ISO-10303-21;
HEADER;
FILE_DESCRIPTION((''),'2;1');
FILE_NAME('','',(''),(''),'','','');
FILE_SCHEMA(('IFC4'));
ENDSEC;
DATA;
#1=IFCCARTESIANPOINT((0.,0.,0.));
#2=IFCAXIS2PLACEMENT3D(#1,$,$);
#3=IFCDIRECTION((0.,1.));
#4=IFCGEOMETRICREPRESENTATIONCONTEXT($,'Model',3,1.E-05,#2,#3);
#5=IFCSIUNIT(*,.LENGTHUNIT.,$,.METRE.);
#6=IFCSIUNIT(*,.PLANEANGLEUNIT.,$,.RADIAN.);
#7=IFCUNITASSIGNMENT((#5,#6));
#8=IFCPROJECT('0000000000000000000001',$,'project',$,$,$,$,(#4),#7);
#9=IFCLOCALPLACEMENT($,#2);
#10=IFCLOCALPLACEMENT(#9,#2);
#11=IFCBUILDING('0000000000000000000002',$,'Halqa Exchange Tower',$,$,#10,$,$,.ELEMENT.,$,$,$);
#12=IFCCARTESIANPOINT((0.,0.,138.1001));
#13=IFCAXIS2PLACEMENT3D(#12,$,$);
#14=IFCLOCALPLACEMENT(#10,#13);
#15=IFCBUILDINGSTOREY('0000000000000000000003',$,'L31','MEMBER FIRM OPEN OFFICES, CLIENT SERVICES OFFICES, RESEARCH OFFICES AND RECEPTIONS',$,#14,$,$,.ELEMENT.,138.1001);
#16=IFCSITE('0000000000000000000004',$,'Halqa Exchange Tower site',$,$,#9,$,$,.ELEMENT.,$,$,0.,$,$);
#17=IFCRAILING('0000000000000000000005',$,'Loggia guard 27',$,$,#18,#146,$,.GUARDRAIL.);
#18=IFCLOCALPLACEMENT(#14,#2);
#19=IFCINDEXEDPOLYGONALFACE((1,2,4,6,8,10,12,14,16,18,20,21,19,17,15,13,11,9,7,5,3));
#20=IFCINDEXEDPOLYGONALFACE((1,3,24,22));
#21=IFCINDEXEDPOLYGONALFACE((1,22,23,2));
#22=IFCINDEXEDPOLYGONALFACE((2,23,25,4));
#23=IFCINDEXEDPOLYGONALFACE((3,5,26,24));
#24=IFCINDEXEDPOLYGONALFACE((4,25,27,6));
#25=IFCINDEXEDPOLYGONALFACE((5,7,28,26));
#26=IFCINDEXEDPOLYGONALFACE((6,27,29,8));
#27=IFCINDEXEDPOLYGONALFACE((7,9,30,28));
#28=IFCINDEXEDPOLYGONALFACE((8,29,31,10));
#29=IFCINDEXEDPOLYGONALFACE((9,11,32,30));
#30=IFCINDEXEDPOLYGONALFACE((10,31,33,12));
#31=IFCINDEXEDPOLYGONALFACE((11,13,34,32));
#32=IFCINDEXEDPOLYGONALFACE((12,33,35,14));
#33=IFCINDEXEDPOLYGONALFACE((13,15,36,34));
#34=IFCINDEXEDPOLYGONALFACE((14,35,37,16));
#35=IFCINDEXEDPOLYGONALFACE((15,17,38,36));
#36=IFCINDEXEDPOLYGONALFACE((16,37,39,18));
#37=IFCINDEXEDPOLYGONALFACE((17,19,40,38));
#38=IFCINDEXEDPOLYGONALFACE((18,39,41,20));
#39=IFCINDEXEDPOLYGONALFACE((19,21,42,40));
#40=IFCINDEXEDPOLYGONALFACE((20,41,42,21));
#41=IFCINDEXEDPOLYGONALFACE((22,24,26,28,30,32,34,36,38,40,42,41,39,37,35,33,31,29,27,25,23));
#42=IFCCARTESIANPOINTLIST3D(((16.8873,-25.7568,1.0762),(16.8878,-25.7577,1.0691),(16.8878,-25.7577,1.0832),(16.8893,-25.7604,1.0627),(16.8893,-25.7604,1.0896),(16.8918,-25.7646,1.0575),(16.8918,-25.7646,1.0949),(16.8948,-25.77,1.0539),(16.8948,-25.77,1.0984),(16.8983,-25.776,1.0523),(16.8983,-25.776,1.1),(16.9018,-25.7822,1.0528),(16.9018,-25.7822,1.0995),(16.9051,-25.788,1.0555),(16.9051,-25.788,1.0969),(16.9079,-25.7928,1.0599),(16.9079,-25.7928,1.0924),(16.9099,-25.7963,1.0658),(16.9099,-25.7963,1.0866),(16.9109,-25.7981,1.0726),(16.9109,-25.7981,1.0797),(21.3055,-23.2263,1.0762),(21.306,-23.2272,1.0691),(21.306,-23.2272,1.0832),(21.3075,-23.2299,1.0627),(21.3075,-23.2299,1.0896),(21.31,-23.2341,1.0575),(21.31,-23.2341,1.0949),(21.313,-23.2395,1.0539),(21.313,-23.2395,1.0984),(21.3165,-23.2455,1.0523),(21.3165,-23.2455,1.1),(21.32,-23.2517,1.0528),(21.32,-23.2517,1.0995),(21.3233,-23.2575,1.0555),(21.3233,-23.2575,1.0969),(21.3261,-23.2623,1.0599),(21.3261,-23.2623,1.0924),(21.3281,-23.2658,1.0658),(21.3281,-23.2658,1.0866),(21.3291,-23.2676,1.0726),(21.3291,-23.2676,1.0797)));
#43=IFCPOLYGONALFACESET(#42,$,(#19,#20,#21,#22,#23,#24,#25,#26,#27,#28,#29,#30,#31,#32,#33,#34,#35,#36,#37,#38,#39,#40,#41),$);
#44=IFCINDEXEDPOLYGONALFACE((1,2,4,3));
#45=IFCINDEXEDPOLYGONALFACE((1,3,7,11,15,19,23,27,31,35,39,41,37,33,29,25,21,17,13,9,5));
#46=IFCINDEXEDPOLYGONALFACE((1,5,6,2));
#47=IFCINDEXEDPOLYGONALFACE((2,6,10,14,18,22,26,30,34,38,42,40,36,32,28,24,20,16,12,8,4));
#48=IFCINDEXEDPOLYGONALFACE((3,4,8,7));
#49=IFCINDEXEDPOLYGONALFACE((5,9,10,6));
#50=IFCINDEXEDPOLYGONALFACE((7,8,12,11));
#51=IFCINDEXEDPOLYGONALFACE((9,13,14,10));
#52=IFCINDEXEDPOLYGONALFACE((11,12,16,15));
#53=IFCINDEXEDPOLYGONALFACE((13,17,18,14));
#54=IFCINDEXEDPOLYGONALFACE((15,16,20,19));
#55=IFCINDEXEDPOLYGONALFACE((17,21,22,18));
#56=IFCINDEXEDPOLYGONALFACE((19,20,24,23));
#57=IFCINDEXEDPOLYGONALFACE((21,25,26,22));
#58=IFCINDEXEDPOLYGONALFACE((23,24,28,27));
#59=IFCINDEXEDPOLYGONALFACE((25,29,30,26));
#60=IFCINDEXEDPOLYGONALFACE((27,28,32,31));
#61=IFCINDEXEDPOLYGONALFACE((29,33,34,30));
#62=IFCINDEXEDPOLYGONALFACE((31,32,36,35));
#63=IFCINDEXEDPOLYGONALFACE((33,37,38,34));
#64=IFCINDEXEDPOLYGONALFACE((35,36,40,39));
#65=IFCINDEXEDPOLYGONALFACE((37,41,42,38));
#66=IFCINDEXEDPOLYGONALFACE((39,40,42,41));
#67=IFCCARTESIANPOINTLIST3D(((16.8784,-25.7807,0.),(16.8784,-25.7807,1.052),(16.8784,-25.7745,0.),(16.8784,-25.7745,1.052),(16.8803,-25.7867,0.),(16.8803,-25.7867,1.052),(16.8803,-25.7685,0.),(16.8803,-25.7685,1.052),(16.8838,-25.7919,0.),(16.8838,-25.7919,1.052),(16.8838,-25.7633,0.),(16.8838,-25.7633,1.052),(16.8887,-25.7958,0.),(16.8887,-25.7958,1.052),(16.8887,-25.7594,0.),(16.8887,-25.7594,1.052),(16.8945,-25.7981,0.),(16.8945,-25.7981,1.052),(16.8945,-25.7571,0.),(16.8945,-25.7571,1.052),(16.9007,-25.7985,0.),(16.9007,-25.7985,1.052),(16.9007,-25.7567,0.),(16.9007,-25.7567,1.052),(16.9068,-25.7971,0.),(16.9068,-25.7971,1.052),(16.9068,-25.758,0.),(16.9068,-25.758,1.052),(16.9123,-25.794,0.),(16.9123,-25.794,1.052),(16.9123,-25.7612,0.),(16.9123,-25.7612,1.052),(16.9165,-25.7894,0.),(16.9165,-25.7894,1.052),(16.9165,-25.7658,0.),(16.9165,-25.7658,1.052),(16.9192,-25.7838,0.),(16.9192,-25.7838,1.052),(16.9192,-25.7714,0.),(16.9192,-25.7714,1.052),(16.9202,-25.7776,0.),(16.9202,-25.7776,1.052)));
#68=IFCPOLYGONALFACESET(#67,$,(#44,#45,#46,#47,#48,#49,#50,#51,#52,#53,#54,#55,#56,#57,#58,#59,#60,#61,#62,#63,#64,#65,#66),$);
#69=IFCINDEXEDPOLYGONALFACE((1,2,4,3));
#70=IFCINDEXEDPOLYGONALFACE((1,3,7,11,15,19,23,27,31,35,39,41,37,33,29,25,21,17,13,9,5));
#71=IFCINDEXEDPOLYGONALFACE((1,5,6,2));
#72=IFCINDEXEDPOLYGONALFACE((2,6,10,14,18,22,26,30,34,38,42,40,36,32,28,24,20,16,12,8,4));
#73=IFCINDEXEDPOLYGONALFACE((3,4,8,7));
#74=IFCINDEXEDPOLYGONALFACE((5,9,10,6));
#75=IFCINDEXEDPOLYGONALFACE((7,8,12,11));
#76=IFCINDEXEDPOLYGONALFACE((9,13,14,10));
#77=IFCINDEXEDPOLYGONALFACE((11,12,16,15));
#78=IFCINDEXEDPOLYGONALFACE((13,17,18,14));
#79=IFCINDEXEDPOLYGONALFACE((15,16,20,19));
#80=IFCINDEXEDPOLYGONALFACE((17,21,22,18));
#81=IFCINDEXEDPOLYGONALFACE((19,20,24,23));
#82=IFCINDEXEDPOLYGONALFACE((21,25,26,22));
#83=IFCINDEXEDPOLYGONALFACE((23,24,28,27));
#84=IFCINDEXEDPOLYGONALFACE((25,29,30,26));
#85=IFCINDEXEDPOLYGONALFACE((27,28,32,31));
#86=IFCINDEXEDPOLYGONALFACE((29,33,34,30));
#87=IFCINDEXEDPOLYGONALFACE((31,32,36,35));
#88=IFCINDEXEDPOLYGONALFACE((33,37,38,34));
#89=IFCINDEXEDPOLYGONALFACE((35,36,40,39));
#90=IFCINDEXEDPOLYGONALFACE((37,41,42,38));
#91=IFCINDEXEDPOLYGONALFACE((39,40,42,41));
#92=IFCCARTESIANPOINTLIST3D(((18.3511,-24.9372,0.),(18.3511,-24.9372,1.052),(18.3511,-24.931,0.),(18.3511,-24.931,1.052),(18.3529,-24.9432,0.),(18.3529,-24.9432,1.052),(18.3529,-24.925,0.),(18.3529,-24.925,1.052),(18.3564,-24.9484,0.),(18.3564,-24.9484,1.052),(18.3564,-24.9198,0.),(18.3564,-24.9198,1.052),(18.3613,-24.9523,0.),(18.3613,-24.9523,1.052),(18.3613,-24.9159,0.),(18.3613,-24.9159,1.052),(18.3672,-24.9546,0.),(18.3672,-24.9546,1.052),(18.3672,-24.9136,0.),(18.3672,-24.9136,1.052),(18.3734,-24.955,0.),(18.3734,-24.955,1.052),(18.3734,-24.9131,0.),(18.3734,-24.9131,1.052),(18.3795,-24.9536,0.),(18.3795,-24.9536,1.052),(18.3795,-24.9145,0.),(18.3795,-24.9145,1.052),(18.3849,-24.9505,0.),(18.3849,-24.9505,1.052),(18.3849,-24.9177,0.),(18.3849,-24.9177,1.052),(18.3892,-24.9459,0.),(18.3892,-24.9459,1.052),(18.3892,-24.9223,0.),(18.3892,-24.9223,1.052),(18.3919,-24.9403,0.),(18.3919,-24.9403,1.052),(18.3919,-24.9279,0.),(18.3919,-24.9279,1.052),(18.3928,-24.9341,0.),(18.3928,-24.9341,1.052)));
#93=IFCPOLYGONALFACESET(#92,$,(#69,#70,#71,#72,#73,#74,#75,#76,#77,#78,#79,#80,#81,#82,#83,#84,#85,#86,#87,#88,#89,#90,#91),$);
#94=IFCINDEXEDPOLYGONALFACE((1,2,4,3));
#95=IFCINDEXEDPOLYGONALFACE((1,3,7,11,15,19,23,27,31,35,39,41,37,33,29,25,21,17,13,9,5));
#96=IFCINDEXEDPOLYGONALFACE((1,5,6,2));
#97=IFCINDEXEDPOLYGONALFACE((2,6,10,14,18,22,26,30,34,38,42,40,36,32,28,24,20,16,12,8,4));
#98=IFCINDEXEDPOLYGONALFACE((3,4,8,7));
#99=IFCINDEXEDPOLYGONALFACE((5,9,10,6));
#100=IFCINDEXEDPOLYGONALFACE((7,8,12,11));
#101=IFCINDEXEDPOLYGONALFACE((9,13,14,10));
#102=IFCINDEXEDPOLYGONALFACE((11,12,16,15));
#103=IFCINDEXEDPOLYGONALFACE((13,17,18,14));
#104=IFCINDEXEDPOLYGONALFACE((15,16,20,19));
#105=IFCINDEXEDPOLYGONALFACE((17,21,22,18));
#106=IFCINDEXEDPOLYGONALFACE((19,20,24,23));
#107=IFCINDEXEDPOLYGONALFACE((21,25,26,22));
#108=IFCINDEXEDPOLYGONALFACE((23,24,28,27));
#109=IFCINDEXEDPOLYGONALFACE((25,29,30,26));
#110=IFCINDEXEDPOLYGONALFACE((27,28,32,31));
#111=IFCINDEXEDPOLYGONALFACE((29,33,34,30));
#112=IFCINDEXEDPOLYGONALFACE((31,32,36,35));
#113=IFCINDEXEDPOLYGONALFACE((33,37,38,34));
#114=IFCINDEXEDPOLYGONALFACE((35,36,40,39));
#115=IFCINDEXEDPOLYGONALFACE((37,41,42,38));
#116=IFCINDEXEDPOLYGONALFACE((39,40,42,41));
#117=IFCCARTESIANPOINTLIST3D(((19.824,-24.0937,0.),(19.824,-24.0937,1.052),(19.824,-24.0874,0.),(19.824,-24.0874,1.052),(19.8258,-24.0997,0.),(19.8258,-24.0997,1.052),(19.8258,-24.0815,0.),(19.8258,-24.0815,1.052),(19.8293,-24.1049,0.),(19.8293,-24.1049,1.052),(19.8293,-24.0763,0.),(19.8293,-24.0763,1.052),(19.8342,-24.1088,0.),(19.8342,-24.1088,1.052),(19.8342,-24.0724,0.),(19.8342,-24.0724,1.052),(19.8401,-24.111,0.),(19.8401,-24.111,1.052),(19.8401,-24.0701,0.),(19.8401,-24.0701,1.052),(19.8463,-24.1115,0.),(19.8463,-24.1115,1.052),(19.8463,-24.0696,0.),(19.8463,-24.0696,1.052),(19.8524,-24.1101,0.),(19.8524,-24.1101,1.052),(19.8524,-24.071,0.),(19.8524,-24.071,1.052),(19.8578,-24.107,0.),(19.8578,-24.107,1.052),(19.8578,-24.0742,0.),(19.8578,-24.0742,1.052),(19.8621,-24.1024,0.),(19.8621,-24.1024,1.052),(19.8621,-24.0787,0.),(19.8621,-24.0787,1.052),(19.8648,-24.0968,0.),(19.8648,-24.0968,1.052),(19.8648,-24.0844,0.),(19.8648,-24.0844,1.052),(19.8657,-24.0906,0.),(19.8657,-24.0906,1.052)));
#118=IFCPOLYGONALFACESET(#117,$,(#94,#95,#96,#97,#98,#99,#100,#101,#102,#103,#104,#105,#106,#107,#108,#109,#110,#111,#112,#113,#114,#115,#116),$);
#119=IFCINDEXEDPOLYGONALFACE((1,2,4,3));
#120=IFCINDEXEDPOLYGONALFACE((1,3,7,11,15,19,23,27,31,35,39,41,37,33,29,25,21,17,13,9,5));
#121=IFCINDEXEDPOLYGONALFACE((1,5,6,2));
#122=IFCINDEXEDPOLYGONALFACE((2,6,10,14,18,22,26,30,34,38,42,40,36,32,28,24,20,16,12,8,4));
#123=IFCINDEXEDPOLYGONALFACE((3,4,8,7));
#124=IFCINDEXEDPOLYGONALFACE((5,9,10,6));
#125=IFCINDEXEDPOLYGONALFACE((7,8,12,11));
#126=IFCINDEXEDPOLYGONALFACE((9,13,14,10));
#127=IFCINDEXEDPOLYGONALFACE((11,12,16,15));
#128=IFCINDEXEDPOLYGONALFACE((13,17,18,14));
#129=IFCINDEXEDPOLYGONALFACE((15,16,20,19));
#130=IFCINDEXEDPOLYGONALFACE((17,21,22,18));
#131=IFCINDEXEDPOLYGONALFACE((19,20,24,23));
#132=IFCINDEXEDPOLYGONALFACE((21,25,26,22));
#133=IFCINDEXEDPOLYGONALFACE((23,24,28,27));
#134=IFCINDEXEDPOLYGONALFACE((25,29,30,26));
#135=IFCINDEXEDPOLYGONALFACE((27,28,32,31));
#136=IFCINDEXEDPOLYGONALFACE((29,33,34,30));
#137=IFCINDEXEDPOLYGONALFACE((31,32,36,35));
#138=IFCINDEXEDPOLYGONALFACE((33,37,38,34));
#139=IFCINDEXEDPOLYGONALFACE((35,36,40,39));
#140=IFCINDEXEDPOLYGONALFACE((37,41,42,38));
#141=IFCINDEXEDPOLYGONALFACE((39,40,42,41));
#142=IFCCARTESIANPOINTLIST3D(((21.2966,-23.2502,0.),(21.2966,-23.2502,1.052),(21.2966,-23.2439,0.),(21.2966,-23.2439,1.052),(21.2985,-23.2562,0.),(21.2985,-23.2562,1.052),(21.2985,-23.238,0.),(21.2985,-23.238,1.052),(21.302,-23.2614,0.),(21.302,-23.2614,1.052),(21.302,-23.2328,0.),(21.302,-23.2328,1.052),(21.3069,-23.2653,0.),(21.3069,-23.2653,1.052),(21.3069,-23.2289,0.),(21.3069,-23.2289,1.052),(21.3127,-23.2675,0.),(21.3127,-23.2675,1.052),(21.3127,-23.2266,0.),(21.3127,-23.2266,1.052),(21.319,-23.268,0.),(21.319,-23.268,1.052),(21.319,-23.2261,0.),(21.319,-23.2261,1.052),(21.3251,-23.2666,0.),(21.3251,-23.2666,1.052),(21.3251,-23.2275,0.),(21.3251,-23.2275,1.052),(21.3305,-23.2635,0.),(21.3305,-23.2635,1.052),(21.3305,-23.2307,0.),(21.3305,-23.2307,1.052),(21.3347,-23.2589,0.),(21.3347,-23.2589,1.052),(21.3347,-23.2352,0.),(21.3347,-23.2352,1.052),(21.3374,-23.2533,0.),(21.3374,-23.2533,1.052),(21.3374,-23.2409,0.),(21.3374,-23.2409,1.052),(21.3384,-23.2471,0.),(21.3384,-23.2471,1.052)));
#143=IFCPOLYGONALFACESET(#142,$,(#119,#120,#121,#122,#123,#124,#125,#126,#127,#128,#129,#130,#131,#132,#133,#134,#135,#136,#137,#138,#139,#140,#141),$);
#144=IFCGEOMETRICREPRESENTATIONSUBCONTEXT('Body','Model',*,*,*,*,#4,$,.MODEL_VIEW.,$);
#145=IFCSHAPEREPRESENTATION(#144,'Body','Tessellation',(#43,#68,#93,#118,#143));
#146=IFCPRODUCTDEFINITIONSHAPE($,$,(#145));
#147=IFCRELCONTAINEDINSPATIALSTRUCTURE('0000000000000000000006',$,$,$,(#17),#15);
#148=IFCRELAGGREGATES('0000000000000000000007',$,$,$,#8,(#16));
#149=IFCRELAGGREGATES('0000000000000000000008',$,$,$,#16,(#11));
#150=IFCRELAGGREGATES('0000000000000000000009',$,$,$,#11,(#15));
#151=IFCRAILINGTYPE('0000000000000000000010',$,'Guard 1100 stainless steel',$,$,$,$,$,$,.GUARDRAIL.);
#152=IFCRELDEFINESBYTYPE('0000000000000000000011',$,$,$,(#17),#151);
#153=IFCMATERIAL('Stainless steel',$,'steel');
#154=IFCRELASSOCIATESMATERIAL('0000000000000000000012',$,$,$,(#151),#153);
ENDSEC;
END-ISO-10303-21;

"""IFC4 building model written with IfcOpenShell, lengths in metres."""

from ifc_helpers import new_model, si_unit, direction, frame, origin, origin_2d, place, context, subcontext, project, spatial, circle, extrude, material, type_object, element, save


model = new_model("IFC4")

# Units and contexts
model_context = context("Model", 3, precision=1e-05, world=origin(), true_north=direction((0.0, 1.0)))
body_context = subcontext(model_context, "Body", "Model", "MODEL_VIEW")
ifc_project = project(units=[si_unit("LENGTHUNIT", "METRE"), si_unit("PLANEANGLEUNIT", "RADIAN")], contexts=[model_context])

# Site, building, storey
site_placement = place(None, origin())
site = spatial("IfcSite", under=ifc_project, at=site_placement, Name="Halqa Exchange Tower site", CompositionType="ELEMENT", RefElevation=0.0)
building_placement = place(site_placement, origin())
building = spatial("IfcBuilding", under=site, at=building_placement, Name="Halqa Exchange Tower", CompositionType="ELEMENT")
storey_placement = place(building_placement, frame((0.0, 0.0, 138.1001)))
storey = spatial("IfcBuildingStorey", under=building, at=storey_placement, Name="L31", Description="MEMBER FIRM OPEN OFFICES, CLIENT SERVICES OFFICES, RESEARCH OFFICES AND RECEPTIONS", CompositionType="ELEMENT", Elevation=138.1001)

# Railing
ifc_material_1 = material(Name="Stainless steel", Category="steel")
railing_type = type_object("IfcRailingType", Name="Guard 1100 stainless steel", PredefinedType="GUARDRAIL", material=ifc_material_1)
railing_1_placement = place(storey_placement, frame((16.8992, -25.7776, 0.0)))
element("IfcRailing", 1, at=railing_1_placement, inside=storey, type_object=railing_type, Name="Loggia guard 27", PredefinedType="GUARDRAIL", context=body_context, shape_type="SweptSolid", body=[
    extrude(circle(Radius=0.0239, at=origin_2d()), frame((0.0, 0.0, 1.0762), z_axis=(0.86775, 0.497001, 0.0), x_axis=(-0.497001, 0.86775, 0.0)), (0.0, 0.0, 1.0), 5.0916),
    extrude(circle(Radius=0.021, at=origin_2d()), origin(), (0.0, 0.0, 1.0), 1.052),
    extrude(circle(Radius=0.021, at=origin_2d()), frame((1.4727, 0.8435, 0.0)), (0.0, 0.0, 1.0), 1.052),
    extrude(circle(Radius=0.021, at=origin_2d()), frame((2.9456, 1.687, 0.0)), (0.0, 0.0, 1.0), 1.052),
    extrude(circle(Radius=0.021, at=origin_2d()), frame((4.4182, 2.5305, 0.0)), (0.0, 0.0, 1.0), 1.052),
])

save(model, "model.ifc")
